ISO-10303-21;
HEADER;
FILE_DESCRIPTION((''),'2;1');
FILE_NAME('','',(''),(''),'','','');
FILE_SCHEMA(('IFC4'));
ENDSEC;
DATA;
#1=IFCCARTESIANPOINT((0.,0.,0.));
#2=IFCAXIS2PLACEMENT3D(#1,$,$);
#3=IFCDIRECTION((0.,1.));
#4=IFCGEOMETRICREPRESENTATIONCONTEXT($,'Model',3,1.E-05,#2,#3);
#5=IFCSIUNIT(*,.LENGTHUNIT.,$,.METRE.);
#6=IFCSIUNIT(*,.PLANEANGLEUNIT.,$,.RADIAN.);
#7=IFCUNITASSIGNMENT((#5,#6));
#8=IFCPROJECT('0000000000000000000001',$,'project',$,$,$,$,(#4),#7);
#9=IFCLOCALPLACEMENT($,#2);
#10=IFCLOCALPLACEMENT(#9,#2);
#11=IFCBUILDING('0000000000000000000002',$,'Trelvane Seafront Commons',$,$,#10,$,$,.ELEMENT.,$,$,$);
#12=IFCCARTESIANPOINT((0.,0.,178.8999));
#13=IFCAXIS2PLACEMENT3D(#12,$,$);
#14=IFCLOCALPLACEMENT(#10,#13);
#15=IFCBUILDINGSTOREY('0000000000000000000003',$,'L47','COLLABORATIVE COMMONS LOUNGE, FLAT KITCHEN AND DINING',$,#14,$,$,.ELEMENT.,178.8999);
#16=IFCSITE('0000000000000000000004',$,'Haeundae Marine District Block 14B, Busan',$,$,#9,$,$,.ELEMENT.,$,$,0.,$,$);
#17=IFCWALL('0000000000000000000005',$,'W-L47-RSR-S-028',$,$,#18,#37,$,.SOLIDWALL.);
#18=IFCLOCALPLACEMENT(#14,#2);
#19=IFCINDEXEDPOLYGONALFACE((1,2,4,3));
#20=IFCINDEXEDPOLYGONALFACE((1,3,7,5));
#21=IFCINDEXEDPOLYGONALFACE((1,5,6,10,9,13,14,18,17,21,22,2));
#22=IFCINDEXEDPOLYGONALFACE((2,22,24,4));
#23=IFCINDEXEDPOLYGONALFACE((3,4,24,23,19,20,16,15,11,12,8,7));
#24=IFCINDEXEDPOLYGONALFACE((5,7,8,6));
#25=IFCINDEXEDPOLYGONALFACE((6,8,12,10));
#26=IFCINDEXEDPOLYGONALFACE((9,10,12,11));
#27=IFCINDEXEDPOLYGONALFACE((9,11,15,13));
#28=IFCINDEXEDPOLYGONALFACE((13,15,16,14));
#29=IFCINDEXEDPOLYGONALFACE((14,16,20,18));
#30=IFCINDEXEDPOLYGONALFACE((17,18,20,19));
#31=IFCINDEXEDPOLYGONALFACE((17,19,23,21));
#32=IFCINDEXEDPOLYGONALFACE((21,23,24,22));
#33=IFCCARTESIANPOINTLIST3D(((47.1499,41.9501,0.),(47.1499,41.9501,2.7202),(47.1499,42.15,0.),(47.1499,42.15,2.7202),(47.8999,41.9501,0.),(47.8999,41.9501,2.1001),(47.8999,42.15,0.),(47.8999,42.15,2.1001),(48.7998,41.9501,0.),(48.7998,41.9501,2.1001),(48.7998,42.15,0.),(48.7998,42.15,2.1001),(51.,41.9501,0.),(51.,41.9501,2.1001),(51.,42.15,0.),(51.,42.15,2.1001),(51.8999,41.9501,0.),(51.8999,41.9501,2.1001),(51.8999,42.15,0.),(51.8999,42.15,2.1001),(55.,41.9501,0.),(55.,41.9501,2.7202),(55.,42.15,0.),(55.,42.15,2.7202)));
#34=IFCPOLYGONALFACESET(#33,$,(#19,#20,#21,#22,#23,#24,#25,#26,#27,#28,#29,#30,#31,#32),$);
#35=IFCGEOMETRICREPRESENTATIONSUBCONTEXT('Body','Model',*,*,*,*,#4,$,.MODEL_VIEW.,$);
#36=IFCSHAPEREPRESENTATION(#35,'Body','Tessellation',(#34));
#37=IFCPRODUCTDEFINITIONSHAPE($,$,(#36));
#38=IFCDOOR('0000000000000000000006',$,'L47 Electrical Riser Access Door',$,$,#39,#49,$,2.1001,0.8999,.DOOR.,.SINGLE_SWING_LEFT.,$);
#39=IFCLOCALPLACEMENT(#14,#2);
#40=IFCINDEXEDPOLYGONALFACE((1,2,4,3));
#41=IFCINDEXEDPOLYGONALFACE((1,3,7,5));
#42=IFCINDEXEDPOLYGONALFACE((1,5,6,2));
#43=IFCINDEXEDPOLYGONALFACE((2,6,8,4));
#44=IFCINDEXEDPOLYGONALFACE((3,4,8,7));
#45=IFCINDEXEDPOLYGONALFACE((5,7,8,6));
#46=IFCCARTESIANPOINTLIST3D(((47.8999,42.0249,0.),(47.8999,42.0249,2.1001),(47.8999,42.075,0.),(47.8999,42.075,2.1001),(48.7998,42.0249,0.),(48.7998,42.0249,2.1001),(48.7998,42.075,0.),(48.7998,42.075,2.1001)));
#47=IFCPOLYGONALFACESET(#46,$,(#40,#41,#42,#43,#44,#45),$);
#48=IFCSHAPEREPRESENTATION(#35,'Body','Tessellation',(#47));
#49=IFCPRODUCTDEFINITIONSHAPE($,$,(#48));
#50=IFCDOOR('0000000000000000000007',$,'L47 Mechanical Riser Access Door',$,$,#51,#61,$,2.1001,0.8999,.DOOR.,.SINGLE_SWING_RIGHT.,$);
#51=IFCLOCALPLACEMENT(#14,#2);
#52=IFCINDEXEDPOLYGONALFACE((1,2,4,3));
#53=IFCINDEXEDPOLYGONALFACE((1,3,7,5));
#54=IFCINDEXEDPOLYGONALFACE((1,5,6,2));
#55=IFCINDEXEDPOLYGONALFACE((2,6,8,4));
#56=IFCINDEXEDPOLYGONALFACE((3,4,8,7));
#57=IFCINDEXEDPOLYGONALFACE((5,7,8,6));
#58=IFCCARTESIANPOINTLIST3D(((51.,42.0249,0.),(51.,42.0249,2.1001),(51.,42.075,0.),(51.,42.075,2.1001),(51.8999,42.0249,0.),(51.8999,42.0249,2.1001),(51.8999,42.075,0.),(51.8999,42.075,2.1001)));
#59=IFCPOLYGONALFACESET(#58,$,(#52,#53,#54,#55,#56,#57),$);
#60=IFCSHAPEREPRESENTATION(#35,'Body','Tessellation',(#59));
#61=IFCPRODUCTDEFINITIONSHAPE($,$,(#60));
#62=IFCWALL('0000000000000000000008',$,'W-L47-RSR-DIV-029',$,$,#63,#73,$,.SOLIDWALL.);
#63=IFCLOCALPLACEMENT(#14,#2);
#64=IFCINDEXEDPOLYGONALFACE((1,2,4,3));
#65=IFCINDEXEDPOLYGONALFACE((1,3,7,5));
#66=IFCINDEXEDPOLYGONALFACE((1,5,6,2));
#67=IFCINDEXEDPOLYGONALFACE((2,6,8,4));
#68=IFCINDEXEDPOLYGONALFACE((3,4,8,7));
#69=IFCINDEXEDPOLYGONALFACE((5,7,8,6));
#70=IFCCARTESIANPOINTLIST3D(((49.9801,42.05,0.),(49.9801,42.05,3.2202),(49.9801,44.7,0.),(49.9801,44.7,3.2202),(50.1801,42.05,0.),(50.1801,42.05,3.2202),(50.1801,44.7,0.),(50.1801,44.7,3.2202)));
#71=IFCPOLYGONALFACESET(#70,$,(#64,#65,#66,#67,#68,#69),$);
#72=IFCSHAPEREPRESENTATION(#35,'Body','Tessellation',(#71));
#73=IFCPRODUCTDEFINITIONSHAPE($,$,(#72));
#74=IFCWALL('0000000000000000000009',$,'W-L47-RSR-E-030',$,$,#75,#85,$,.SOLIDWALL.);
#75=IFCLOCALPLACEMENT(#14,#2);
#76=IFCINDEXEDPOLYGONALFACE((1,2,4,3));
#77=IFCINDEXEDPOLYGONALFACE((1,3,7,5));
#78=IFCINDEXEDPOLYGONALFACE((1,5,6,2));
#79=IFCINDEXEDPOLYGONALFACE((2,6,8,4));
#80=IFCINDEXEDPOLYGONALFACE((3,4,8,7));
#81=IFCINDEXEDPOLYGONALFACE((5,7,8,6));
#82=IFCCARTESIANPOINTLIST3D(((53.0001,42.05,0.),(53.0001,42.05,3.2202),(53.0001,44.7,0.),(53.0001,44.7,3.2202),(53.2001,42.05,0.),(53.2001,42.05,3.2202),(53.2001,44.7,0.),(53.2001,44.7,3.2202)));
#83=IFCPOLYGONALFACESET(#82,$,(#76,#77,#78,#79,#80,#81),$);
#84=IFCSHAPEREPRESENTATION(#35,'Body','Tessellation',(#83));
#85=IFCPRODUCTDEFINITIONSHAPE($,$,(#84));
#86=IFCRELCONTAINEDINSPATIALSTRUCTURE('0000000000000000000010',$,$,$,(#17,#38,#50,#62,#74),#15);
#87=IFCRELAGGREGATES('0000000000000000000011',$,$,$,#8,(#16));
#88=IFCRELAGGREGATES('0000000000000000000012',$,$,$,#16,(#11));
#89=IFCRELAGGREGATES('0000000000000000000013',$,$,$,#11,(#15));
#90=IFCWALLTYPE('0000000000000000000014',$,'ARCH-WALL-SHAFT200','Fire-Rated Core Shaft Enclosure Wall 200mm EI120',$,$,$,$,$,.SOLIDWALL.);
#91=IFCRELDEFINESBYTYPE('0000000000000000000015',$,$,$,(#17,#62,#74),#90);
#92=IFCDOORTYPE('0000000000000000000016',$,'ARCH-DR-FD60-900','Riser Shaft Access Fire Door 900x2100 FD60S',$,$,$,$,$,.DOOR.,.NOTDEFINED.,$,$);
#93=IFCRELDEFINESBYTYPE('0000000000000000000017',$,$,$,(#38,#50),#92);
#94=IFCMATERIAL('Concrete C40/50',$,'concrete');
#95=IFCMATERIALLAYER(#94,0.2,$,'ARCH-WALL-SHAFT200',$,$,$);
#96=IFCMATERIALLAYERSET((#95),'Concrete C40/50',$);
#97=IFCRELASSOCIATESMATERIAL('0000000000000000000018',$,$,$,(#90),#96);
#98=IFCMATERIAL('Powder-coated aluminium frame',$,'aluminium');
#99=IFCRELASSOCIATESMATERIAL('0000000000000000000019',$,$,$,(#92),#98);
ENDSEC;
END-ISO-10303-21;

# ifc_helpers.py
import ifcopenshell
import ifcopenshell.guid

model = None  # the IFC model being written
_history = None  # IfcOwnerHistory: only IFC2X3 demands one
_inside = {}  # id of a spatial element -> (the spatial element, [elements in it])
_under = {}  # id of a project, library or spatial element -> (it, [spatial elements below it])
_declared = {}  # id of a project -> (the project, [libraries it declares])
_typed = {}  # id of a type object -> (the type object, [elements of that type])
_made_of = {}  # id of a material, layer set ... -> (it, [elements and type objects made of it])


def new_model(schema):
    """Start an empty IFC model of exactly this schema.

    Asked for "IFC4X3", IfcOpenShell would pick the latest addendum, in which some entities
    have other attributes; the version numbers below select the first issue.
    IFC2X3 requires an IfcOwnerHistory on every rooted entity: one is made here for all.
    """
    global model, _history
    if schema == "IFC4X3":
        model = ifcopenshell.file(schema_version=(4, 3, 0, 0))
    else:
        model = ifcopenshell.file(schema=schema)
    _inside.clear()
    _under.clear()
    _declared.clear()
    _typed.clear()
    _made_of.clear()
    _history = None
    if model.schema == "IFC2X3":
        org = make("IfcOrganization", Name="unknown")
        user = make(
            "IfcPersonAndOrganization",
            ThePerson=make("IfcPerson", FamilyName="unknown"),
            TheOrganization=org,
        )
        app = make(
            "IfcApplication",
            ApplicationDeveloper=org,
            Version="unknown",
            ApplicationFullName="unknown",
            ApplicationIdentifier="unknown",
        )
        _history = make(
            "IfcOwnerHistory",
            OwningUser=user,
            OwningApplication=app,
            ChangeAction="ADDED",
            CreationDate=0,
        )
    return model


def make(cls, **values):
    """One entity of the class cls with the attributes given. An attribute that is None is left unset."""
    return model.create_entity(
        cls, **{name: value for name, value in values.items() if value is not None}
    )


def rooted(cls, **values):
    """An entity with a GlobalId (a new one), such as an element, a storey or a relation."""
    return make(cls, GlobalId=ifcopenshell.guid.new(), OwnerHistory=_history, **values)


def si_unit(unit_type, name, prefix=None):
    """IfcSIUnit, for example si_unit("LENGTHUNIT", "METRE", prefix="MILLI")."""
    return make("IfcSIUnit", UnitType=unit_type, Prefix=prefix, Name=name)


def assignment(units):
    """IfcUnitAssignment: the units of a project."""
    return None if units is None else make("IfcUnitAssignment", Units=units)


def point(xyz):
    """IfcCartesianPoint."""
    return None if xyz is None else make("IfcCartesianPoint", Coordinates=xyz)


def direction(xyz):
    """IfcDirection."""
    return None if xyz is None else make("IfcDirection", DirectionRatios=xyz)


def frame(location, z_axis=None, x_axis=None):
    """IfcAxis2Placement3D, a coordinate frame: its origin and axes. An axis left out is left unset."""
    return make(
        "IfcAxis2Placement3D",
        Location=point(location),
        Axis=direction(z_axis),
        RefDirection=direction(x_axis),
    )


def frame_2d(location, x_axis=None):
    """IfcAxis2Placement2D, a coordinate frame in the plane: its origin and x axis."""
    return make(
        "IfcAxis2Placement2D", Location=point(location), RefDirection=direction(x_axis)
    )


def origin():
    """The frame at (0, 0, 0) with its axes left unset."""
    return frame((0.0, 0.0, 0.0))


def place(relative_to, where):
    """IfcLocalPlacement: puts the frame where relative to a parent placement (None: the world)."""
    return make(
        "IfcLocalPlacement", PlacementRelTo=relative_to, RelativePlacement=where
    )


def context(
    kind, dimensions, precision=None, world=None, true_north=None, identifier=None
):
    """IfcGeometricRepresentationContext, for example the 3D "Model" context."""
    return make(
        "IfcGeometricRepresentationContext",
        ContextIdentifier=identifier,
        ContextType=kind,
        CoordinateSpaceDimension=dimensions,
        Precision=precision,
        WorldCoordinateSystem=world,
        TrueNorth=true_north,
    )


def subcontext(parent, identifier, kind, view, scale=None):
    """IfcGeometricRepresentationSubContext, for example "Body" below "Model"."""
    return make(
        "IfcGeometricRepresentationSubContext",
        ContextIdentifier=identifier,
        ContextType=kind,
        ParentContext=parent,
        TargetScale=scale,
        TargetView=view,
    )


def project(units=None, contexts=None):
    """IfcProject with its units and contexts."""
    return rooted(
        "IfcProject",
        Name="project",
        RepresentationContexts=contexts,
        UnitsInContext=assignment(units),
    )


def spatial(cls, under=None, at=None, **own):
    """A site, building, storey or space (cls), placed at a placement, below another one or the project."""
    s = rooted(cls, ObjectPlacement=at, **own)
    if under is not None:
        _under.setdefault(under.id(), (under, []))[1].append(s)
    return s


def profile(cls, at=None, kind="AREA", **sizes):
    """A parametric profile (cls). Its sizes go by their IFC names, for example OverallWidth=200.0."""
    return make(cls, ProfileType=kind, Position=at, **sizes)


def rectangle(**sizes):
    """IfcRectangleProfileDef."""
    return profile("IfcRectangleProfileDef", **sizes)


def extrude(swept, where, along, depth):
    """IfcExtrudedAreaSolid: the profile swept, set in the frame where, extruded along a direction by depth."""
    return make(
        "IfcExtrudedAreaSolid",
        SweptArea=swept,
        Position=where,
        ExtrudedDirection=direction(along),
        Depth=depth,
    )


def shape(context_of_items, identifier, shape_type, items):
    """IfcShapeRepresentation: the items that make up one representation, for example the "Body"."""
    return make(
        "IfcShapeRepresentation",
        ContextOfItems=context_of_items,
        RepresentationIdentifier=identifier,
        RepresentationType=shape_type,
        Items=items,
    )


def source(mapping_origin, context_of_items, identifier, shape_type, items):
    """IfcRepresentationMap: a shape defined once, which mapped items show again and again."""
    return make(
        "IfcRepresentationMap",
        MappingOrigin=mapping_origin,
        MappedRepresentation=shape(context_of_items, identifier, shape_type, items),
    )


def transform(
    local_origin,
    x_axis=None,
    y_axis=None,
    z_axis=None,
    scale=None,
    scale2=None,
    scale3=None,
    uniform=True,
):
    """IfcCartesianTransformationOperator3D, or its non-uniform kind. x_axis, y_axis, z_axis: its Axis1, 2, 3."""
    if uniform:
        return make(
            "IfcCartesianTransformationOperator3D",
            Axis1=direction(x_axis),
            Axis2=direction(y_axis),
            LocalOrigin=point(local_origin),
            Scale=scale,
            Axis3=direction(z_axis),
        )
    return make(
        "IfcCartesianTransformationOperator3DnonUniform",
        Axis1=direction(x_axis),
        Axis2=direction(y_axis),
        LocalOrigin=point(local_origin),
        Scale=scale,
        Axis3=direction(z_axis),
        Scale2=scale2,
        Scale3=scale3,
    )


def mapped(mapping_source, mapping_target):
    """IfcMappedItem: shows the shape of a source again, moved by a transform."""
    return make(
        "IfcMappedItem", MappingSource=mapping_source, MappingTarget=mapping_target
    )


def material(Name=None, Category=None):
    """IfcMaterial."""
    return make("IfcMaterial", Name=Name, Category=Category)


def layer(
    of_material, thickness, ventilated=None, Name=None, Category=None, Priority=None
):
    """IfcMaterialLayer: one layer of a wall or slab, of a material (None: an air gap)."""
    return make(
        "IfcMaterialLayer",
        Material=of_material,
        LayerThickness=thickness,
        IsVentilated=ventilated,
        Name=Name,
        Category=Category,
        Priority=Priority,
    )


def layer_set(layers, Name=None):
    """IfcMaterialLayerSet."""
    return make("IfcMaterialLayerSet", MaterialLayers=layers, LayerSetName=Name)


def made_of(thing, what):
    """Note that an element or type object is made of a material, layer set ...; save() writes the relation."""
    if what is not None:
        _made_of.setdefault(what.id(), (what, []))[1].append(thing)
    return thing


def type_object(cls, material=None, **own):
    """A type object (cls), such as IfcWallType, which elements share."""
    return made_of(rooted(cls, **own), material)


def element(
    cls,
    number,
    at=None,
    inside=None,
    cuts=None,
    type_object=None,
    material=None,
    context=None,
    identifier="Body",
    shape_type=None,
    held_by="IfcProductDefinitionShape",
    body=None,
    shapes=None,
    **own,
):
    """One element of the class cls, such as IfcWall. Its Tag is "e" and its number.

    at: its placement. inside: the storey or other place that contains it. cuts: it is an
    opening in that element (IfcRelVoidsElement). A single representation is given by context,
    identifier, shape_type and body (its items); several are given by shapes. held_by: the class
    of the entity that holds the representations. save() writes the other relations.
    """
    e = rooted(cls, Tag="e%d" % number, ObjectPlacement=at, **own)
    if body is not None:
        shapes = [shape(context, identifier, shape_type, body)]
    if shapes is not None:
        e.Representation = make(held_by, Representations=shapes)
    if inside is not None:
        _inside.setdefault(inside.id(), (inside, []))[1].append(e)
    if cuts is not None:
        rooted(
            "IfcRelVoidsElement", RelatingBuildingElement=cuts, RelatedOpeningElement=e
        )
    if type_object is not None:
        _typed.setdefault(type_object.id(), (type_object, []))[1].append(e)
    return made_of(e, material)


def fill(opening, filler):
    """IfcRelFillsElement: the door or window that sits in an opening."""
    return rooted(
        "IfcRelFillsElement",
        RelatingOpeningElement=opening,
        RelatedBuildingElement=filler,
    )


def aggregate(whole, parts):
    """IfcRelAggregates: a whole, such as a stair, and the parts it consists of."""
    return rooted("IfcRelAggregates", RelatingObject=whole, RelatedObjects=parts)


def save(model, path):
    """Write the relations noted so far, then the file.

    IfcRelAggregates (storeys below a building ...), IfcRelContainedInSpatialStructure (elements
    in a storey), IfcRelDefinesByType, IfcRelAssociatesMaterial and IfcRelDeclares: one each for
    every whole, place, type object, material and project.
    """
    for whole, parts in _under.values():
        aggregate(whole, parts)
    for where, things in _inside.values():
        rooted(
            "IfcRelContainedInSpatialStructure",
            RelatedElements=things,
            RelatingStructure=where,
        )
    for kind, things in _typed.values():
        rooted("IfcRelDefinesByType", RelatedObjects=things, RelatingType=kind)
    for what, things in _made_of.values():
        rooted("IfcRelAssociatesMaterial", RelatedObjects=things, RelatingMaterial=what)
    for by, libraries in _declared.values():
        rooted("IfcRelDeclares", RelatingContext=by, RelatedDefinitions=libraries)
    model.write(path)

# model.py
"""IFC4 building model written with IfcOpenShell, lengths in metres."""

from ifc_helpers import new_model, si_unit, direction, frame, frame_2d, origin, place, context, subcontext, project, spatial, rectangle, extrude, source, transform, mapped, material, layer, layer_set, type_object, element, fill, save


model = new_model("IFC4")

# Units and contexts
model_context = context("Model", 3, precision=1e-05, world=origin(), true_north=direction((0.0, 1.0)))
body_context = subcontext(model_context, "Body", "Model", "MODEL_VIEW")
ifc_project = project(units=[si_unit("LENGTHUNIT", "METRE"), si_unit("PLANEANGLEUNIT", "RADIAN")], contexts=[model_context])

# Site, building, storey
site_placement = place(None, origin())
site = spatial("IfcSite", under=ifc_project, at=site_placement, Name="Haeundae Marine District Block 14B, Busan", CompositionType="ELEMENT", RefElevation=0.0)
building_placement = place(site_placement, origin())
building = spatial("IfcBuilding", under=site, at=building_placement, Name="Trelvane Seafront Commons", CompositionType="ELEMENT")
storey_placement = place(building_placement, frame((0.0, 0.0, 178.8999)))
storey = spatial("IfcBuildingStorey", under=building, at=storey_placement, Name="L47", Description="COLLABORATIVE COMMONS LOUNGE, FLAT KITCHEN AND DINING", CompositionType="ELEMENT", Elevation=178.8999)

# Wall, openings, doors
ifc_material_1 = material(Name="Concrete C40/50", Category="concrete")
ifc_layer_1 = layer(ifc_material_1, 0.2, Name="ARCH-WALL-SHAFT200")
ifc_layer_set_1 = layer_set([ifc_layer_1], Name="Concrete C40/50")
wall_type_1 = type_object("IfcWallType", Name="ARCH-WALL-SHAFT200", Description="Fire-Rated Core Shaft Enclosure Wall 200mm EI120", PredefinedType="SOLIDWALL", material=ifc_layer_set_1)
wall_1_placement = place(storey_placement, frame((47.1499, 42.05, 0.0), z_axis=(0.0, 0.0, 1.0), x_axis=(1.0, 0.0, 0.0)))
wall_1 = element("IfcWall", 1, at=wall_1_placement, inside=storey, type_object=wall_type_1, Name="W-L47-RSR-S-028", PredefinedType="SOLIDWALL", context=body_context, shape_type="SweptSolid", body=[
    extrude(rectangle(XDim=7.8501, YDim=0.2, at=frame_2d((3.925, 0.0))), origin(), (0.0, 0.0, 1.0), 2.7202),
])
opening_1_placement = place(wall_1_placement, frame((0.75, 0.0, 0.0)))
opening_1 = element("IfcOpeningElement", 2, at=opening_1_placement, cuts=wall_1, PredefinedType="OPENING", context=body_context, shape_type="SweptSolid", body=[
    extrude(rectangle(XDim=0.8999, YDim=2.1001, at=frame_2d((0.45, 1.05))), frame((0.0, 0.1099, 0.0), z_axis=(0.0, -1.0, 0.0), x_axis=(1.0, 0.0, 0.0)), (0.0, 0.0, 1.0), 0.22),
])
opening_2_placement = place(wall_1_placement, frame((3.8501, 0.0, 0.0)))
opening_2 = element("IfcOpeningElement", 3, at=opening_2_placement, cuts=wall_1, PredefinedType="OPENING", context=body_context, shape_type="SweptSolid", body=[
    extrude(rectangle(XDim=0.8999, YDim=2.1001, at=frame_2d((0.45, 1.05))), frame((0.0, 0.1099, 0.0), z_axis=(0.0, -1.0, 0.0), x_axis=(1.0, 0.0, 0.0)), (0.0, 0.0, 1.0), 0.22),
])
ifc_material_2 = material(Name="Powder-coated aluminium frame", Category="aluminium")
door_type = type_object("IfcDoorType", Name="ARCH-DR-FD60-900", Description="Riser Shaft Access Fire Door 900x2100 FD60S", OperationType="NOTDEFINED", PredefinedType="DOOR", material=ifc_material_2)
shared_shape_1 = source(origin(), body_context, "Body", "SweptSolid", [
    extrude(rectangle(XDim=0.8999, YDim=2.1001, at=frame_2d((0.45, 1.05))), frame((0.0, 0.0249, 0.0), z_axis=(0.0, -1.0, 0.0), x_axis=(1.0, 0.0, 0.0)), (0.0, 0.0, 1.0), 0.05),
])
door_1_placement = place(opening_1_placement, origin())
door_1 = element("IfcDoor", 4, at=door_1_placement, inside=storey, type_object=door_type, Name="L47 Electrical Riser Access Door", OperationType="SINGLE_SWING_LEFT", OverallHeight=2.1001, OverallWidth=0.8999, PredefinedType="DOOR", context=body_context, shape_type="MappedRepresentation", body=[
    mapped(shared_shape_1, transform((0.0, 0.0, 0.0), x_axis=(1.0, 0.0, 0.0), y_axis=(0.0, 1.0, 0.0), z_axis=(0.0, 0.0, 1.0), scale=1.0)),
])
fill(opening_1, door_1)
door_2_placement = place(opening_2_placement, origin())
door_2 = element("IfcDoor", 5, at=door_2_placement, inside=storey, type_object=door_type, Name="L47 Mechanical Riser Access Door", OperationType="SINGLE_SWING_RIGHT", OverallHeight=2.1001, OverallWidth=0.8999, PredefinedType="DOOR", context=body_context, shape_type="MappedRepresentation", body=[
    mapped(shared_shape_1, transform((0.0, 0.0, 0.0), x_axis=(1.0, 0.0, 0.0), y_axis=(0.0, 1.0, 0.0), z_axis=(0.0, 0.0, 1.0), scale=1.0)),
])
fill(opening_2, door_2)

# Walls
for number, where, z_axis, x_axis, name in (
    (6, (50.0801, 42.05, 0.0), (0.0, 0.0, 1.0), (0.0, 1.0, 0.0), "W-L47-RSR-DIV-029"),
    (7, (53.1001, 42.05, 0.0), (0.0, 0.0, 1.0), (0.0, 1.0, 0.0), "W-L47-RSR-E-030"),
):
    element("IfcWall", number, at=place(storey_placement, frame(where, z_axis=z_axis, x_axis=x_axis)), inside=storey, type_object=wall_type_1, Name=name, PredefinedType="SOLIDWALL", context=body_context, shape_type="SweptSolid", body=[
        extrude(rectangle(XDim=2.6499, YDim=0.2, at=frame_2d((1.325, 0.0))), origin(), (0.0, 0.0, 1.0), 3.2202),
    ])

save(model, "model.ifc")
